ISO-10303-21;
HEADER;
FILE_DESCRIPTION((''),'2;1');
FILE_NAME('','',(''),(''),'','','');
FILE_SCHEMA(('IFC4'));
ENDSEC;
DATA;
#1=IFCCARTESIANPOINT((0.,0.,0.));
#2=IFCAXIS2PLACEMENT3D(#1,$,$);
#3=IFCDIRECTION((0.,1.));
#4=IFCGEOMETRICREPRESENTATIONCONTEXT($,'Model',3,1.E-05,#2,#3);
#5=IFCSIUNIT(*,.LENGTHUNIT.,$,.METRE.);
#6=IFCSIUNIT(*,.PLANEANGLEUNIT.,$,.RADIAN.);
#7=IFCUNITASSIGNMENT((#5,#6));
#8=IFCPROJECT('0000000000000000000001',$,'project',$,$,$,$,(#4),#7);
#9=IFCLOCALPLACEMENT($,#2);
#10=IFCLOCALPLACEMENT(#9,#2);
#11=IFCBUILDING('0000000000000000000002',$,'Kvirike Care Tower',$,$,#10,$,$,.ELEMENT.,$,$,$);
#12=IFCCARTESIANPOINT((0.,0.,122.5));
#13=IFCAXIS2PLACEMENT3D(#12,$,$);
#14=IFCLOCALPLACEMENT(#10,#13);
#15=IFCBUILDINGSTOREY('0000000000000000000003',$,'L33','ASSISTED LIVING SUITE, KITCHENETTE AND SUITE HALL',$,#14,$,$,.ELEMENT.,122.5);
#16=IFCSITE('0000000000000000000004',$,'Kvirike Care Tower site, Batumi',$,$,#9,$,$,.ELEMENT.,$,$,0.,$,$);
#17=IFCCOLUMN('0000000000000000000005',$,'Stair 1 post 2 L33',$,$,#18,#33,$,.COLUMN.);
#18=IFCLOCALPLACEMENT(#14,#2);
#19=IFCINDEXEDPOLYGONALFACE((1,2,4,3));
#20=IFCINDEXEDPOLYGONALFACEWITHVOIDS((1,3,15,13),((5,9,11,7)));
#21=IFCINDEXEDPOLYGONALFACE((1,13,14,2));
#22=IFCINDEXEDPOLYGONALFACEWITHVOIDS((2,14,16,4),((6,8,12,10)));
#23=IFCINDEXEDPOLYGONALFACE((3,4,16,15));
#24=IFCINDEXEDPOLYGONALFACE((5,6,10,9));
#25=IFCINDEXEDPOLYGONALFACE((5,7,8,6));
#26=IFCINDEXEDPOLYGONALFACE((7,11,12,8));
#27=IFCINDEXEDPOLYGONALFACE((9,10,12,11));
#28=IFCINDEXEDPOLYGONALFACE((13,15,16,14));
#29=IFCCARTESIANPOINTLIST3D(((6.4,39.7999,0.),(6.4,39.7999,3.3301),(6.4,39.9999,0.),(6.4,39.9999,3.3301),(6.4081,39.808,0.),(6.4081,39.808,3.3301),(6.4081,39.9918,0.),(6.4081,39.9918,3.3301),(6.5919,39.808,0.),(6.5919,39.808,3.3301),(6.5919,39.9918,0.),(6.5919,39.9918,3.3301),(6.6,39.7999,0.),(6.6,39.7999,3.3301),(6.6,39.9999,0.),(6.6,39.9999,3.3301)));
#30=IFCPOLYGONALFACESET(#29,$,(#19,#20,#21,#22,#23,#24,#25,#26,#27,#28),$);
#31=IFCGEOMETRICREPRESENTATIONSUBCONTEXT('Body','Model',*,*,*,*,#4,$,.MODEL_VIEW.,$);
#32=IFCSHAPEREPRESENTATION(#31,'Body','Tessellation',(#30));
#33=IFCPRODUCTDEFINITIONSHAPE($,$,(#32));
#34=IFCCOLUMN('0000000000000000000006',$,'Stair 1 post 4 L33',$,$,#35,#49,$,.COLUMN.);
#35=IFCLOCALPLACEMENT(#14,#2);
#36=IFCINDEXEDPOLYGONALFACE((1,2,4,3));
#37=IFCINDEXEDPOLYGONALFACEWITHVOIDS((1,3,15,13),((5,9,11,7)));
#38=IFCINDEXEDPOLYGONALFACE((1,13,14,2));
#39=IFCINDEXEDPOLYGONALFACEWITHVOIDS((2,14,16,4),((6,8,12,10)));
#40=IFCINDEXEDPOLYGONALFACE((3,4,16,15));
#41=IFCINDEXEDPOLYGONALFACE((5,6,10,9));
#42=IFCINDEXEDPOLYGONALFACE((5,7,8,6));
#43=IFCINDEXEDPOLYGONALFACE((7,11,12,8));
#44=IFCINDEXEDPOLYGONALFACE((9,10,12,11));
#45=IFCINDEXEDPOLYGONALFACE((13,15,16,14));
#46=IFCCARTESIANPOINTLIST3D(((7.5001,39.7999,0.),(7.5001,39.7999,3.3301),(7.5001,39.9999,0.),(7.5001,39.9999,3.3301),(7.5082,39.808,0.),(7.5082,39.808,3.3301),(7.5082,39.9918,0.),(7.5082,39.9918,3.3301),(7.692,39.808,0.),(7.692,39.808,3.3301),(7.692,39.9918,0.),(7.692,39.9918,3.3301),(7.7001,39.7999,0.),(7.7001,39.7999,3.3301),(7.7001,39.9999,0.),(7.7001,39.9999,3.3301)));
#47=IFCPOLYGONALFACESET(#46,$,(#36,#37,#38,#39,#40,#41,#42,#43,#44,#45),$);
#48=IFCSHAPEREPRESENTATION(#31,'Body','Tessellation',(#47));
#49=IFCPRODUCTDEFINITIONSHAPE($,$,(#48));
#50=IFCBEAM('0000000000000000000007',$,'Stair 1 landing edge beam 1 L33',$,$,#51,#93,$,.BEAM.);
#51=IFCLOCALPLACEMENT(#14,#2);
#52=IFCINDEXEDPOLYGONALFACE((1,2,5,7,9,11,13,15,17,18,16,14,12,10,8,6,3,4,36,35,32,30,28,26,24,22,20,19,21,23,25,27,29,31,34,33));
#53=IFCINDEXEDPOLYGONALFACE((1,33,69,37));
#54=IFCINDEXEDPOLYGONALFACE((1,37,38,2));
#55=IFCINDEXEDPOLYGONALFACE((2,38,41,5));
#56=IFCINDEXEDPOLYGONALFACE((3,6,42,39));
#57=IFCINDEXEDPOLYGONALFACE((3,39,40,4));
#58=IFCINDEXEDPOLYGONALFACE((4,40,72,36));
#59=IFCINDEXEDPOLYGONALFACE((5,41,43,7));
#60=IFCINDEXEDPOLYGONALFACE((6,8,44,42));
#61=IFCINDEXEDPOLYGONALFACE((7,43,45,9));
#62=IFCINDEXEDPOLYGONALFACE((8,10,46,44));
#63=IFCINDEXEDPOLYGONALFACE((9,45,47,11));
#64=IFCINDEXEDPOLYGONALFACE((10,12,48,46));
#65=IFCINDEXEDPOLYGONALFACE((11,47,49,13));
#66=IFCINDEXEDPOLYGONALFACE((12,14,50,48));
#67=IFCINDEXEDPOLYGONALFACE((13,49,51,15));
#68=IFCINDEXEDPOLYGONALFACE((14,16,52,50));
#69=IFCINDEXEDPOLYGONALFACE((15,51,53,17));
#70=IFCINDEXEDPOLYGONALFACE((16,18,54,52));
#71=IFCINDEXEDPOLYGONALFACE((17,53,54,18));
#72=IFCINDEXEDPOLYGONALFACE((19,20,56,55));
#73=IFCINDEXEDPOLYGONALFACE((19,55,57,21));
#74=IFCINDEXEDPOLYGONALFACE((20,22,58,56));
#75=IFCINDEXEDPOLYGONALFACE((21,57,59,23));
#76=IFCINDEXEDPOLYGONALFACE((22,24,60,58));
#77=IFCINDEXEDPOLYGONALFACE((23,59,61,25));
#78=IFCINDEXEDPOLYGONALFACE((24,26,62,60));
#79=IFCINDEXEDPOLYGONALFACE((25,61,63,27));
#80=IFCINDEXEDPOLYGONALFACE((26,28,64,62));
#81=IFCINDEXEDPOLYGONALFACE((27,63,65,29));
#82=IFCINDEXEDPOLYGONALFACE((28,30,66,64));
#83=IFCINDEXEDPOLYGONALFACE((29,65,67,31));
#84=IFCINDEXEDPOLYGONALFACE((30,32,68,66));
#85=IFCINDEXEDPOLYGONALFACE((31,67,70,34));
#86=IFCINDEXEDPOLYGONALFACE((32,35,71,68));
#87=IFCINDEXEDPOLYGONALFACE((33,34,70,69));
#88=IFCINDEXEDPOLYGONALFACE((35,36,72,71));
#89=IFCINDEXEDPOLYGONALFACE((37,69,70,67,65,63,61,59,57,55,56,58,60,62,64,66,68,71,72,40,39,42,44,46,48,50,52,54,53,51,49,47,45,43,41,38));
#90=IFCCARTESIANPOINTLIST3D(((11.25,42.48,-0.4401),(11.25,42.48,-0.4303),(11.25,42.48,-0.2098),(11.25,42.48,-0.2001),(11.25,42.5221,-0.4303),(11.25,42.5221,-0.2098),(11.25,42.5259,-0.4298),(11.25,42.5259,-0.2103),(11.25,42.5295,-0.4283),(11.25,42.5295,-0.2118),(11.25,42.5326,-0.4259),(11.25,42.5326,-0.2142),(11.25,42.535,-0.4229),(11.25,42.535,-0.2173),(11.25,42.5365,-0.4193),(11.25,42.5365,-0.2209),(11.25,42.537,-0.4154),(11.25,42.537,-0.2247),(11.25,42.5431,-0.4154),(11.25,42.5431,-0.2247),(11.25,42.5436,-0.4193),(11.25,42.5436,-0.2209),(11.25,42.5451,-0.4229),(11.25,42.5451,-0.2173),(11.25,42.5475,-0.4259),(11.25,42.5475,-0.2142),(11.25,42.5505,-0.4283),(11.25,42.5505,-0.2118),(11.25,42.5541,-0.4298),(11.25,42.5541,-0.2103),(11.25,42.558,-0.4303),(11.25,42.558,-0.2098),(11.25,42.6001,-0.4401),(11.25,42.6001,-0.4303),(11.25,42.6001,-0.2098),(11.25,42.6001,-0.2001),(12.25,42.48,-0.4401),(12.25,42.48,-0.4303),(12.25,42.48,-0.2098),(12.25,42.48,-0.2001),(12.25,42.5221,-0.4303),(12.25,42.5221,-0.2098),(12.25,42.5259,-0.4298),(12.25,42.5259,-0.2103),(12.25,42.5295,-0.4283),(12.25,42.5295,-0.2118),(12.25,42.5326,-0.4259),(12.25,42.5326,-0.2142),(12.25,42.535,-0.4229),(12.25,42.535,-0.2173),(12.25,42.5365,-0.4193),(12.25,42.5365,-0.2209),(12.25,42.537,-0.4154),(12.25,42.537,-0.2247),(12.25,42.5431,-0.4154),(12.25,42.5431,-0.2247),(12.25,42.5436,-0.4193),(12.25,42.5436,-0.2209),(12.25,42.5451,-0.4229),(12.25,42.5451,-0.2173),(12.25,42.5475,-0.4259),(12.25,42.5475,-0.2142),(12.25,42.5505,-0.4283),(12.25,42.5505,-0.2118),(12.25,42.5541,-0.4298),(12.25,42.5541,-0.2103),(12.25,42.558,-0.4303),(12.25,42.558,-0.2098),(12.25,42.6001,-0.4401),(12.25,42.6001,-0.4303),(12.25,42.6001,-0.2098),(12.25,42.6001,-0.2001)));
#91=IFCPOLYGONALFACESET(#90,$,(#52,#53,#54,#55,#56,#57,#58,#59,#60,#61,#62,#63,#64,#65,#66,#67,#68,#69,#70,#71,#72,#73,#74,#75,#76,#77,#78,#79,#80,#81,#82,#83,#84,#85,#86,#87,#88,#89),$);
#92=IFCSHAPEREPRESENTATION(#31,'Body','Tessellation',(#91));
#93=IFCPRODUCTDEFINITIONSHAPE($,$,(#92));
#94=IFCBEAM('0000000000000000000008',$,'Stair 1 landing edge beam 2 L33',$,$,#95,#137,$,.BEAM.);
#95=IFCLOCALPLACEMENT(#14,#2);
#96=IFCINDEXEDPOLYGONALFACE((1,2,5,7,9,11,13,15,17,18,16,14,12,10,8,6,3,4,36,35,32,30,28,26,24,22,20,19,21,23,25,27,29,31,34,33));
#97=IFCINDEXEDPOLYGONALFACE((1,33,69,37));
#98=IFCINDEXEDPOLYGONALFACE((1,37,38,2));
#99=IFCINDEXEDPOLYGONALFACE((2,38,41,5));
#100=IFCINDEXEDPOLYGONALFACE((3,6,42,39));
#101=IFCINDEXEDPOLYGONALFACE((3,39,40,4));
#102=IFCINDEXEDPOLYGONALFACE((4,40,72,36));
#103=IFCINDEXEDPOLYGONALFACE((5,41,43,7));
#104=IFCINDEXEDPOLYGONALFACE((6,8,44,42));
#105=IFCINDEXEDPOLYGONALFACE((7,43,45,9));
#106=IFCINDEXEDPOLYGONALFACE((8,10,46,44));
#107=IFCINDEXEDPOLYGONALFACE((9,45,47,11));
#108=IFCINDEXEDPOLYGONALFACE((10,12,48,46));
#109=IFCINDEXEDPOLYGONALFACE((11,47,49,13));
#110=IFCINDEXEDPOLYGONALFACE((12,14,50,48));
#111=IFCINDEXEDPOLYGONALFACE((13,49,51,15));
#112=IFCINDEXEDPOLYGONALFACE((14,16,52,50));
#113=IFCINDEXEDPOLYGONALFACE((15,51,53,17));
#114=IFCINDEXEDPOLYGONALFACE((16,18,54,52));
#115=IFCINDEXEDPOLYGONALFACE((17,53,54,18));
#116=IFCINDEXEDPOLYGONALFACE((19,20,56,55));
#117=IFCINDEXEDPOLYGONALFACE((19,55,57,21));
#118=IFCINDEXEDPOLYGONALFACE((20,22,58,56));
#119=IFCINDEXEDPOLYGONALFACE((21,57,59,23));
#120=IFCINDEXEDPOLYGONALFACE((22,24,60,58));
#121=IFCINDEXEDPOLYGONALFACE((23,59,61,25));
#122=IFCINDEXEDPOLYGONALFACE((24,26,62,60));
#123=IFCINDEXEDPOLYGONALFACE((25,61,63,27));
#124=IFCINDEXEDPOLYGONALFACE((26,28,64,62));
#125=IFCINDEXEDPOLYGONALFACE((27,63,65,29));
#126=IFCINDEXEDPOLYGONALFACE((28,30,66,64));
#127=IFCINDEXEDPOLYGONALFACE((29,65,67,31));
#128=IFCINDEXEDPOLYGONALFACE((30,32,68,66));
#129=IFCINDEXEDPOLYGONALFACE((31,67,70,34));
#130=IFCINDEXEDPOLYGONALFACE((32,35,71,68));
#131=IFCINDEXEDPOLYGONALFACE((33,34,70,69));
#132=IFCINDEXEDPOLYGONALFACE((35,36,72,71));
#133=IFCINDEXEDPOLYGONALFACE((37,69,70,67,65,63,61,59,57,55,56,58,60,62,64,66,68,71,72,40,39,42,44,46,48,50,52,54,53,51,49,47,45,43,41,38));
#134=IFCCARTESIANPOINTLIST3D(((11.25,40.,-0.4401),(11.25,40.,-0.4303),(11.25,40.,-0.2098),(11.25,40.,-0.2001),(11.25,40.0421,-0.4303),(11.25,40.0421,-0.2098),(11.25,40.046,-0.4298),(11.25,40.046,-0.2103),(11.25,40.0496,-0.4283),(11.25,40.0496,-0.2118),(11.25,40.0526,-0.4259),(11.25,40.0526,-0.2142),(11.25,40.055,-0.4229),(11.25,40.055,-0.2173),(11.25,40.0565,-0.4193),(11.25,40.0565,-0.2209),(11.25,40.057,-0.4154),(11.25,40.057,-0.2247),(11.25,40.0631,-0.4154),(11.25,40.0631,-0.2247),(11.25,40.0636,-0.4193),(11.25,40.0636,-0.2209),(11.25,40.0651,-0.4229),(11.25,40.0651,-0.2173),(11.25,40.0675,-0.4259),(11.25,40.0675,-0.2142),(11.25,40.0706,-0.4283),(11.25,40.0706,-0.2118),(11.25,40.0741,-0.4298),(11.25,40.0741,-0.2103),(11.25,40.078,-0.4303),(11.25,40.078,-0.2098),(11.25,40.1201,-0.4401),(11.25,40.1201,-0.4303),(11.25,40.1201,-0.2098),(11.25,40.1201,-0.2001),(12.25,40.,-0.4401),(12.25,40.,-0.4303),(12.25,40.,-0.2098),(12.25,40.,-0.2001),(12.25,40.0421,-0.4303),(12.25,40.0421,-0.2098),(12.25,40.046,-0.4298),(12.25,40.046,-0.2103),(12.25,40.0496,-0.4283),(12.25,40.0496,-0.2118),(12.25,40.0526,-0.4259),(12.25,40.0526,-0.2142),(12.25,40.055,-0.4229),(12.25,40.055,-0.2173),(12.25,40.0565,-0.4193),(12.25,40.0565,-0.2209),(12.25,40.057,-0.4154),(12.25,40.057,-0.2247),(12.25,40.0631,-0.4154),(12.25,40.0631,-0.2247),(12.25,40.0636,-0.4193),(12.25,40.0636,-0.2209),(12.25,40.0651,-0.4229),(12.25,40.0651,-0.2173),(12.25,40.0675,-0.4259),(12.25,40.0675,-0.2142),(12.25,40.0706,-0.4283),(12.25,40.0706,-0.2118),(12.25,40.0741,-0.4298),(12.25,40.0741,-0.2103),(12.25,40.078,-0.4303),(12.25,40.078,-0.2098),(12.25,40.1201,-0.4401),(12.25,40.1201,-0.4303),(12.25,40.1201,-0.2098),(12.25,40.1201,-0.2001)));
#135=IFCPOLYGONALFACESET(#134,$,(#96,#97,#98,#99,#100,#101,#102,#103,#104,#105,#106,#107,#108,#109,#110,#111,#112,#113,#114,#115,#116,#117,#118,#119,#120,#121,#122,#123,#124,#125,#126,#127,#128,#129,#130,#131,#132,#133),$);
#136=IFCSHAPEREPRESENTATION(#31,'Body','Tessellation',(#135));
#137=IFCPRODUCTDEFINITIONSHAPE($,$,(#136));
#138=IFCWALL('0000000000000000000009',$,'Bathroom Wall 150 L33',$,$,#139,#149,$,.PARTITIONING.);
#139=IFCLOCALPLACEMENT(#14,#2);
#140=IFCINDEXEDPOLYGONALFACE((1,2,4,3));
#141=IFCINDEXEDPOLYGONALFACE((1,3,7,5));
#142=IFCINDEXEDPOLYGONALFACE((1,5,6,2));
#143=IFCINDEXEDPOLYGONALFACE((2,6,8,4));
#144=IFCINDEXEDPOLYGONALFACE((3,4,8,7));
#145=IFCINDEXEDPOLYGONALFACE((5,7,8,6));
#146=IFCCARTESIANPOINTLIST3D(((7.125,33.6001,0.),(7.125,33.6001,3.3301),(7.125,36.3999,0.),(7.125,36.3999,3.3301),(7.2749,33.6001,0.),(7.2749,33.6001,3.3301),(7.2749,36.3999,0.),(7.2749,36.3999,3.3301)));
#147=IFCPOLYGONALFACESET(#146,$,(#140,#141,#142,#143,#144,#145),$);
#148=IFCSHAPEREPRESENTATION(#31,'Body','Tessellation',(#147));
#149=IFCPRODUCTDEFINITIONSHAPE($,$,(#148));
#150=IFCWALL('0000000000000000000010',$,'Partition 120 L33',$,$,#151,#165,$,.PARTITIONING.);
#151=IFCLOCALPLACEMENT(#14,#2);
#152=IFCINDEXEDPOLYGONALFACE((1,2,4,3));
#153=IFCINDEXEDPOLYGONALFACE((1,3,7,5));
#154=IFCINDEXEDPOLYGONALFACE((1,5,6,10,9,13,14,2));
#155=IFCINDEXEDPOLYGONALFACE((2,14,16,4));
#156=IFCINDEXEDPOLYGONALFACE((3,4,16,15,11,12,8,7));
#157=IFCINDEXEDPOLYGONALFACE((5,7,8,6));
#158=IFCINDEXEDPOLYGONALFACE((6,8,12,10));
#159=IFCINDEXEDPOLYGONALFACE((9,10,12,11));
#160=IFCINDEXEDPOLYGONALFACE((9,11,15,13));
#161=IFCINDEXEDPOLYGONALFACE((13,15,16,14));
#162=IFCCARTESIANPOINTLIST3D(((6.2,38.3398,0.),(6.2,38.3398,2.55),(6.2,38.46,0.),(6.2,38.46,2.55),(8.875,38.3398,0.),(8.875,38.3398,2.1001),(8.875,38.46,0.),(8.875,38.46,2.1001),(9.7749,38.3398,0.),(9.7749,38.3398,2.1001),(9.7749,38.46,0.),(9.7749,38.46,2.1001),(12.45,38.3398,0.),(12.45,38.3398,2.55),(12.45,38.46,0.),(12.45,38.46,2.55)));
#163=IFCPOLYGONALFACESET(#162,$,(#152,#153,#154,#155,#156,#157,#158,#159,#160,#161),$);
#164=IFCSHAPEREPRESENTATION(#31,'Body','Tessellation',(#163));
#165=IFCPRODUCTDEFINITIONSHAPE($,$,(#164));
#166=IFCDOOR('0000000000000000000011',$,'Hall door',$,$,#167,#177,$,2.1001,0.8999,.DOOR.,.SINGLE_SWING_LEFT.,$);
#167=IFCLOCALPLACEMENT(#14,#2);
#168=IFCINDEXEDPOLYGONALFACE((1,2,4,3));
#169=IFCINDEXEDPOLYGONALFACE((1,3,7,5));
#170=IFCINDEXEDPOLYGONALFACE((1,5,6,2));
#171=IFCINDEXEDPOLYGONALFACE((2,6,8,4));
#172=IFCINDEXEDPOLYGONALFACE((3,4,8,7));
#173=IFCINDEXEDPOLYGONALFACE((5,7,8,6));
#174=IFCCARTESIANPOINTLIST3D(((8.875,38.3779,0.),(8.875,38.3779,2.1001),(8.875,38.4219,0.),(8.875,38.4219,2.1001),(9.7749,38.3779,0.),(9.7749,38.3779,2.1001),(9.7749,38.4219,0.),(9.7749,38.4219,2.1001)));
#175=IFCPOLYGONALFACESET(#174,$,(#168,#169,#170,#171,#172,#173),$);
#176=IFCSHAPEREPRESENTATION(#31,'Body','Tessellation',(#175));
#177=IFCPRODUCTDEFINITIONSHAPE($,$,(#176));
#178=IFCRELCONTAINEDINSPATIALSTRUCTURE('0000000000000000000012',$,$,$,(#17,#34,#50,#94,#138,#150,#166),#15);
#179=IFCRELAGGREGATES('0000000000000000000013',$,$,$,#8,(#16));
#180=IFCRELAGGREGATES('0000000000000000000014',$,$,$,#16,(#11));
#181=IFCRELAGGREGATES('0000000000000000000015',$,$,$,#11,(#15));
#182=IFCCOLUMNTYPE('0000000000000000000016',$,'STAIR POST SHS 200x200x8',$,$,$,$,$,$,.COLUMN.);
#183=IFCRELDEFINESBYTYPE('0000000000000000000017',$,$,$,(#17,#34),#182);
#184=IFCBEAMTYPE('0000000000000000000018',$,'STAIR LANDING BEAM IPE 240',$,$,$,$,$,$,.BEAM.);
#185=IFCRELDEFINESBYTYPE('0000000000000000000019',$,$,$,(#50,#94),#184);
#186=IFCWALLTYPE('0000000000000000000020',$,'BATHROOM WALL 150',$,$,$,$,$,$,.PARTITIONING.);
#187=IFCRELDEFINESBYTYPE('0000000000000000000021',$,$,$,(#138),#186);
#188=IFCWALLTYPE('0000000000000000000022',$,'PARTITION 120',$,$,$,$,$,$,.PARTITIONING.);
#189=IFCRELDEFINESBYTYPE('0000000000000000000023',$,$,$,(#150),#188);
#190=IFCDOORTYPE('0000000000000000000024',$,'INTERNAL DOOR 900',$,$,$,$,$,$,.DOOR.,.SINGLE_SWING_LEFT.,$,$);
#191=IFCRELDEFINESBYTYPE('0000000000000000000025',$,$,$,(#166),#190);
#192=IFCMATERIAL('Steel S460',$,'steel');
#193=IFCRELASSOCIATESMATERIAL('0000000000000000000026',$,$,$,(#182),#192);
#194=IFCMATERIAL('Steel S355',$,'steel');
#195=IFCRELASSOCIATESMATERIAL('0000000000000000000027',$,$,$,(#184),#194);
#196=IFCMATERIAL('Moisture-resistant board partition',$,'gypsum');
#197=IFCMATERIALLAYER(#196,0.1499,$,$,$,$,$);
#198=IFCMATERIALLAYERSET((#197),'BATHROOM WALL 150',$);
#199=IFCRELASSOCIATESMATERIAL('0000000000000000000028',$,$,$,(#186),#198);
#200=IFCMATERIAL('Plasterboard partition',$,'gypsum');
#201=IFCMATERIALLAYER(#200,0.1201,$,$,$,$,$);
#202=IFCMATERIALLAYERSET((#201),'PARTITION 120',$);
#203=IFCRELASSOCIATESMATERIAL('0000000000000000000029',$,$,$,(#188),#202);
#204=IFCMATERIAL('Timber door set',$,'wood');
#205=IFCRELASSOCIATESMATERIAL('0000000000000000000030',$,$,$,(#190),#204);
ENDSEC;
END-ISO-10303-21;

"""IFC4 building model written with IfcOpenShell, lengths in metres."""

from ifc_helpers import new_model, si_unit, direction, frame, frame_2d, origin, origin_2d, place, context, subcontext, project, spatial, rectangle, hollow_rectangle, i_section, extrude, material, layer, layer_set, material_profile, profile_set, type_object, element, fill, save


model = new_model("IFC4")

# Units and contexts
model_context = context("Model", 3, precision=1e-05, world=origin(), true_north=direction((0.0, 1.0)))
body_context = subcontext(model_context, "Body", "Model", "MODEL_VIEW")
ifc_project = project(units=[si_unit("LENGTHUNIT", "METRE"), si_unit("PLANEANGLEUNIT", "RADIAN")], contexts=[model_context])

# Site, building, storey
site_placement = place(None, origin())
site = spatial("IfcSite", under=ifc_project, at=site_placement, Name="Kvirike Care Tower site, Batumi", CompositionType="ELEMENT", RefElevation=0.0)
building_placement = place(site_placement, origin())
building = spatial("IfcBuilding", under=site, at=building_placement, Name="Kvirike Care Tower", CompositionType="ELEMENT")
storey_placement = place(building_placement, frame((0.0, 0.0, 122.5)))
storey = spatial("IfcBuildingStorey", under=building, at=storey_placement, Name="L33", Description="ASSISTED LIVING SUITE, KITCHENETTE AND SUITE HALL", CompositionType="ELEMENT", Elevation=122.5)

# Columns
ifc_material_1 = material(Name="Steel S460", Category="steel")
ifc_material_profile_1 = material_profile(ifc_material_1, hollow_rectangle(XDim=0.2, YDim=0.2, WallThickness=0.0081, at=origin_2d()), Name="SHS 200x200x8")
ifc_profile_set_1 = profile_set([ifc_material_profile_1], Name="Steel S460")
column_type = type_object("IfcColumnType", Name="STAIR POST SHS 200x200x8", PredefinedType="COLUMN", material=ifc_profile_set_1)
for number, where, z_axis, x_axis, name in (
    (1, (6.5, 39.8999, 0.0), (0.0, 0.0, 1.0), (1.0, 0.0, 0.0), "Stair 1 post 2 L33"),
    (2, (7.6001, 39.8999, 0.0), (0.0, 0.0, 1.0), (1.0, 0.0, 0.0), "Stair 1 post 4 L33"),
):
    element("IfcColumn", number, at=place(storey_placement, frame(where, z_axis=z_axis, x_axis=x_axis)), inside=storey, type_object=column_type, Name=name, PredefinedType="COLUMN", context=body_context, shape_type="SweptSolid", body=[
        extrude(hollow_rectangle(XDim=0.2, YDim=0.2, WallThickness=0.0081, at=origin_2d()), origin(), (0.0, 0.0, 1.0), 3.3301),
    ])

# Beams
ifc_material_2 = material(Name="Steel S355", Category="steel")
ifc_material_profile_2 = material_profile(ifc_material_2, i_section(OverallWidth=0.1201, OverallDepth=0.24, WebThickness=0.0061, FlangeThickness=0.0098, FilletRadius=0.0149, at=origin_2d()), Name="IPE 240")
ifc_profile_set_2 = profile_set([ifc_material_profile_2], Name="Steel S355")
beam_type = type_object("IfcBeamType", Name="STAIR LANDING BEAM IPE 240", PredefinedType="BEAM", material=ifc_profile_set_2)
for number, where, z_axis, x_axis, name in (
    (3, (11.25, 42.54, -0.3201), (1.0, 0.0, 0.0), (0.0, 1.0, 0.0), "Stair 1 landing edge beam 1 L33"),
    (4, (11.25, 40.0601, -0.3201), (1.0, 0.0, 0.0), (0.0, 1.0, 0.0), "Stair 1 landing edge beam 2 L33"),
):
    element("IfcBeam", number, at=place(storey_placement, frame(where, z_axis=z_axis, x_axis=x_axis)), inside=storey, type_object=beam_type, Name=name, PredefinedType="BEAM", context=body_context, shape_type="SweptSolid", body=[
        extrude(i_section(OverallWidth=0.1201, OverallDepth=0.24, WebThickness=0.0061, FlangeThickness=0.0098, FilletRadius=0.0149, at=origin_2d()), origin(), (0.0, 0.0, 1.0), 1.0),
    ])

# Wall
ifc_material_3 = material(Name="Moisture-resistant board partition", Category="gypsum")
ifc_layer_1 = layer(ifc_material_3, 0.1499)
ifc_layer_set_1 = layer_set([ifc_layer_1], Name="BATHROOM WALL 150")
wall_type_1 = type_object("IfcWallType", Name="BATHROOM WALL 150", PredefinedType="PARTITIONING", material=ifc_layer_set_1)
wall_1_placement = place(storey_placement, frame((7.2, 36.3999, 0.0), z_axis=(0.0, 0.0, 1.0), x_axis=(0.0, -1.0, 0.0)))
element("IfcWall", 5, at=wall_1_placement, inside=storey, type_object=wall_type_1, Name="Bathroom Wall 150 L33", PredefinedType="PARTITIONING", context=body_context, shape_type="SweptSolid", body=[
    extrude(rectangle(XDim=2.7998, YDim=0.1499, at=frame_2d((1.3999, 0.0))), origin(), (0.0, 0.0, 1.0), 3.3301),
])

# Wall, opening, door
ifc_material_4 = material(Name="Plasterboard partition", Category="gypsum")
ifc_layer_2 = layer(ifc_material_4, 0.1201)
ifc_layer_set_2 = layer_set([ifc_layer_2], Name="PARTITION 120")
wall_type_2 = type_object("IfcWallType", Name="PARTITION 120", PredefinedType="PARTITIONING", material=ifc_layer_set_2)
wall_2_placement = place(storey_placement, frame((6.2, 38.3999, 0.0), z_axis=(0.0, 0.0, 1.0), x_axis=(1.0, 0.0, 0.0)))
wall_2 = element("IfcWall", 6, at=wall_2_placement, inside=storey, type_object=wall_type_2, Name="Partition 120 L33", PredefinedType="PARTITIONING", context=body_context, shape_type="SweptSolid", body=[
    extrude(rectangle(XDim=6.25, YDim=0.1201, at=frame_2d((3.125, 0.0))), origin(), (0.0, 0.0, 1.0), 2.55),
])
opening_1_placement = place(wall_2_placement, frame((2.675, 0.0, 0.0)))
opening_1 = element("IfcOpeningElement", 7, at=opening_1_placement, cuts=wall_2, PredefinedType="OPENING", context=body_context, shape_type="SweptSolid", body=[
    extrude(rectangle(XDim=0.8999, YDim=2.1001, at=frame_2d((0.45, 1.05))), frame((0.0, 0.0706, 0.0), z_axis=(0.0, -1.0, 0.0), x_axis=(1.0, 0.0, 0.0)), (0.0, 0.0, 1.0), 0.1411),
])
ifc_material_5 = material(Name="Timber door set", Category="wood")
door_type_1 = type_object("IfcDoorType", Name="INTERNAL DOOR 900", OperationType="SINGLE_SWING_LEFT", PredefinedType="DOOR", material=ifc_material_5)
door_1_placement = place(opening_1_placement, origin())
door_1 = element("IfcDoor", 8, at=door_1_placement, inside=storey, type_object=door_type_1, Name="Hall door", OperationType="SINGLE_SWING_LEFT", OverallHeight=2.1001, OverallWidth=0.8999, PredefinedType="DOOR", context=body_context, shape_type="SweptSolid", body=[
    extrude(rectangle(XDim=0.8999, YDim=2.1001, at=frame_2d((0.45, 1.05))), frame((0.0, 0.022, 0.0), z_axis=(0.0, -1.0, 0.0), x_axis=(1.0, 0.0, 0.0)), (0.0, 0.0, 1.0), 0.0439),
])
fill(opening_1, door_1)

save(model, "model.ifc")
